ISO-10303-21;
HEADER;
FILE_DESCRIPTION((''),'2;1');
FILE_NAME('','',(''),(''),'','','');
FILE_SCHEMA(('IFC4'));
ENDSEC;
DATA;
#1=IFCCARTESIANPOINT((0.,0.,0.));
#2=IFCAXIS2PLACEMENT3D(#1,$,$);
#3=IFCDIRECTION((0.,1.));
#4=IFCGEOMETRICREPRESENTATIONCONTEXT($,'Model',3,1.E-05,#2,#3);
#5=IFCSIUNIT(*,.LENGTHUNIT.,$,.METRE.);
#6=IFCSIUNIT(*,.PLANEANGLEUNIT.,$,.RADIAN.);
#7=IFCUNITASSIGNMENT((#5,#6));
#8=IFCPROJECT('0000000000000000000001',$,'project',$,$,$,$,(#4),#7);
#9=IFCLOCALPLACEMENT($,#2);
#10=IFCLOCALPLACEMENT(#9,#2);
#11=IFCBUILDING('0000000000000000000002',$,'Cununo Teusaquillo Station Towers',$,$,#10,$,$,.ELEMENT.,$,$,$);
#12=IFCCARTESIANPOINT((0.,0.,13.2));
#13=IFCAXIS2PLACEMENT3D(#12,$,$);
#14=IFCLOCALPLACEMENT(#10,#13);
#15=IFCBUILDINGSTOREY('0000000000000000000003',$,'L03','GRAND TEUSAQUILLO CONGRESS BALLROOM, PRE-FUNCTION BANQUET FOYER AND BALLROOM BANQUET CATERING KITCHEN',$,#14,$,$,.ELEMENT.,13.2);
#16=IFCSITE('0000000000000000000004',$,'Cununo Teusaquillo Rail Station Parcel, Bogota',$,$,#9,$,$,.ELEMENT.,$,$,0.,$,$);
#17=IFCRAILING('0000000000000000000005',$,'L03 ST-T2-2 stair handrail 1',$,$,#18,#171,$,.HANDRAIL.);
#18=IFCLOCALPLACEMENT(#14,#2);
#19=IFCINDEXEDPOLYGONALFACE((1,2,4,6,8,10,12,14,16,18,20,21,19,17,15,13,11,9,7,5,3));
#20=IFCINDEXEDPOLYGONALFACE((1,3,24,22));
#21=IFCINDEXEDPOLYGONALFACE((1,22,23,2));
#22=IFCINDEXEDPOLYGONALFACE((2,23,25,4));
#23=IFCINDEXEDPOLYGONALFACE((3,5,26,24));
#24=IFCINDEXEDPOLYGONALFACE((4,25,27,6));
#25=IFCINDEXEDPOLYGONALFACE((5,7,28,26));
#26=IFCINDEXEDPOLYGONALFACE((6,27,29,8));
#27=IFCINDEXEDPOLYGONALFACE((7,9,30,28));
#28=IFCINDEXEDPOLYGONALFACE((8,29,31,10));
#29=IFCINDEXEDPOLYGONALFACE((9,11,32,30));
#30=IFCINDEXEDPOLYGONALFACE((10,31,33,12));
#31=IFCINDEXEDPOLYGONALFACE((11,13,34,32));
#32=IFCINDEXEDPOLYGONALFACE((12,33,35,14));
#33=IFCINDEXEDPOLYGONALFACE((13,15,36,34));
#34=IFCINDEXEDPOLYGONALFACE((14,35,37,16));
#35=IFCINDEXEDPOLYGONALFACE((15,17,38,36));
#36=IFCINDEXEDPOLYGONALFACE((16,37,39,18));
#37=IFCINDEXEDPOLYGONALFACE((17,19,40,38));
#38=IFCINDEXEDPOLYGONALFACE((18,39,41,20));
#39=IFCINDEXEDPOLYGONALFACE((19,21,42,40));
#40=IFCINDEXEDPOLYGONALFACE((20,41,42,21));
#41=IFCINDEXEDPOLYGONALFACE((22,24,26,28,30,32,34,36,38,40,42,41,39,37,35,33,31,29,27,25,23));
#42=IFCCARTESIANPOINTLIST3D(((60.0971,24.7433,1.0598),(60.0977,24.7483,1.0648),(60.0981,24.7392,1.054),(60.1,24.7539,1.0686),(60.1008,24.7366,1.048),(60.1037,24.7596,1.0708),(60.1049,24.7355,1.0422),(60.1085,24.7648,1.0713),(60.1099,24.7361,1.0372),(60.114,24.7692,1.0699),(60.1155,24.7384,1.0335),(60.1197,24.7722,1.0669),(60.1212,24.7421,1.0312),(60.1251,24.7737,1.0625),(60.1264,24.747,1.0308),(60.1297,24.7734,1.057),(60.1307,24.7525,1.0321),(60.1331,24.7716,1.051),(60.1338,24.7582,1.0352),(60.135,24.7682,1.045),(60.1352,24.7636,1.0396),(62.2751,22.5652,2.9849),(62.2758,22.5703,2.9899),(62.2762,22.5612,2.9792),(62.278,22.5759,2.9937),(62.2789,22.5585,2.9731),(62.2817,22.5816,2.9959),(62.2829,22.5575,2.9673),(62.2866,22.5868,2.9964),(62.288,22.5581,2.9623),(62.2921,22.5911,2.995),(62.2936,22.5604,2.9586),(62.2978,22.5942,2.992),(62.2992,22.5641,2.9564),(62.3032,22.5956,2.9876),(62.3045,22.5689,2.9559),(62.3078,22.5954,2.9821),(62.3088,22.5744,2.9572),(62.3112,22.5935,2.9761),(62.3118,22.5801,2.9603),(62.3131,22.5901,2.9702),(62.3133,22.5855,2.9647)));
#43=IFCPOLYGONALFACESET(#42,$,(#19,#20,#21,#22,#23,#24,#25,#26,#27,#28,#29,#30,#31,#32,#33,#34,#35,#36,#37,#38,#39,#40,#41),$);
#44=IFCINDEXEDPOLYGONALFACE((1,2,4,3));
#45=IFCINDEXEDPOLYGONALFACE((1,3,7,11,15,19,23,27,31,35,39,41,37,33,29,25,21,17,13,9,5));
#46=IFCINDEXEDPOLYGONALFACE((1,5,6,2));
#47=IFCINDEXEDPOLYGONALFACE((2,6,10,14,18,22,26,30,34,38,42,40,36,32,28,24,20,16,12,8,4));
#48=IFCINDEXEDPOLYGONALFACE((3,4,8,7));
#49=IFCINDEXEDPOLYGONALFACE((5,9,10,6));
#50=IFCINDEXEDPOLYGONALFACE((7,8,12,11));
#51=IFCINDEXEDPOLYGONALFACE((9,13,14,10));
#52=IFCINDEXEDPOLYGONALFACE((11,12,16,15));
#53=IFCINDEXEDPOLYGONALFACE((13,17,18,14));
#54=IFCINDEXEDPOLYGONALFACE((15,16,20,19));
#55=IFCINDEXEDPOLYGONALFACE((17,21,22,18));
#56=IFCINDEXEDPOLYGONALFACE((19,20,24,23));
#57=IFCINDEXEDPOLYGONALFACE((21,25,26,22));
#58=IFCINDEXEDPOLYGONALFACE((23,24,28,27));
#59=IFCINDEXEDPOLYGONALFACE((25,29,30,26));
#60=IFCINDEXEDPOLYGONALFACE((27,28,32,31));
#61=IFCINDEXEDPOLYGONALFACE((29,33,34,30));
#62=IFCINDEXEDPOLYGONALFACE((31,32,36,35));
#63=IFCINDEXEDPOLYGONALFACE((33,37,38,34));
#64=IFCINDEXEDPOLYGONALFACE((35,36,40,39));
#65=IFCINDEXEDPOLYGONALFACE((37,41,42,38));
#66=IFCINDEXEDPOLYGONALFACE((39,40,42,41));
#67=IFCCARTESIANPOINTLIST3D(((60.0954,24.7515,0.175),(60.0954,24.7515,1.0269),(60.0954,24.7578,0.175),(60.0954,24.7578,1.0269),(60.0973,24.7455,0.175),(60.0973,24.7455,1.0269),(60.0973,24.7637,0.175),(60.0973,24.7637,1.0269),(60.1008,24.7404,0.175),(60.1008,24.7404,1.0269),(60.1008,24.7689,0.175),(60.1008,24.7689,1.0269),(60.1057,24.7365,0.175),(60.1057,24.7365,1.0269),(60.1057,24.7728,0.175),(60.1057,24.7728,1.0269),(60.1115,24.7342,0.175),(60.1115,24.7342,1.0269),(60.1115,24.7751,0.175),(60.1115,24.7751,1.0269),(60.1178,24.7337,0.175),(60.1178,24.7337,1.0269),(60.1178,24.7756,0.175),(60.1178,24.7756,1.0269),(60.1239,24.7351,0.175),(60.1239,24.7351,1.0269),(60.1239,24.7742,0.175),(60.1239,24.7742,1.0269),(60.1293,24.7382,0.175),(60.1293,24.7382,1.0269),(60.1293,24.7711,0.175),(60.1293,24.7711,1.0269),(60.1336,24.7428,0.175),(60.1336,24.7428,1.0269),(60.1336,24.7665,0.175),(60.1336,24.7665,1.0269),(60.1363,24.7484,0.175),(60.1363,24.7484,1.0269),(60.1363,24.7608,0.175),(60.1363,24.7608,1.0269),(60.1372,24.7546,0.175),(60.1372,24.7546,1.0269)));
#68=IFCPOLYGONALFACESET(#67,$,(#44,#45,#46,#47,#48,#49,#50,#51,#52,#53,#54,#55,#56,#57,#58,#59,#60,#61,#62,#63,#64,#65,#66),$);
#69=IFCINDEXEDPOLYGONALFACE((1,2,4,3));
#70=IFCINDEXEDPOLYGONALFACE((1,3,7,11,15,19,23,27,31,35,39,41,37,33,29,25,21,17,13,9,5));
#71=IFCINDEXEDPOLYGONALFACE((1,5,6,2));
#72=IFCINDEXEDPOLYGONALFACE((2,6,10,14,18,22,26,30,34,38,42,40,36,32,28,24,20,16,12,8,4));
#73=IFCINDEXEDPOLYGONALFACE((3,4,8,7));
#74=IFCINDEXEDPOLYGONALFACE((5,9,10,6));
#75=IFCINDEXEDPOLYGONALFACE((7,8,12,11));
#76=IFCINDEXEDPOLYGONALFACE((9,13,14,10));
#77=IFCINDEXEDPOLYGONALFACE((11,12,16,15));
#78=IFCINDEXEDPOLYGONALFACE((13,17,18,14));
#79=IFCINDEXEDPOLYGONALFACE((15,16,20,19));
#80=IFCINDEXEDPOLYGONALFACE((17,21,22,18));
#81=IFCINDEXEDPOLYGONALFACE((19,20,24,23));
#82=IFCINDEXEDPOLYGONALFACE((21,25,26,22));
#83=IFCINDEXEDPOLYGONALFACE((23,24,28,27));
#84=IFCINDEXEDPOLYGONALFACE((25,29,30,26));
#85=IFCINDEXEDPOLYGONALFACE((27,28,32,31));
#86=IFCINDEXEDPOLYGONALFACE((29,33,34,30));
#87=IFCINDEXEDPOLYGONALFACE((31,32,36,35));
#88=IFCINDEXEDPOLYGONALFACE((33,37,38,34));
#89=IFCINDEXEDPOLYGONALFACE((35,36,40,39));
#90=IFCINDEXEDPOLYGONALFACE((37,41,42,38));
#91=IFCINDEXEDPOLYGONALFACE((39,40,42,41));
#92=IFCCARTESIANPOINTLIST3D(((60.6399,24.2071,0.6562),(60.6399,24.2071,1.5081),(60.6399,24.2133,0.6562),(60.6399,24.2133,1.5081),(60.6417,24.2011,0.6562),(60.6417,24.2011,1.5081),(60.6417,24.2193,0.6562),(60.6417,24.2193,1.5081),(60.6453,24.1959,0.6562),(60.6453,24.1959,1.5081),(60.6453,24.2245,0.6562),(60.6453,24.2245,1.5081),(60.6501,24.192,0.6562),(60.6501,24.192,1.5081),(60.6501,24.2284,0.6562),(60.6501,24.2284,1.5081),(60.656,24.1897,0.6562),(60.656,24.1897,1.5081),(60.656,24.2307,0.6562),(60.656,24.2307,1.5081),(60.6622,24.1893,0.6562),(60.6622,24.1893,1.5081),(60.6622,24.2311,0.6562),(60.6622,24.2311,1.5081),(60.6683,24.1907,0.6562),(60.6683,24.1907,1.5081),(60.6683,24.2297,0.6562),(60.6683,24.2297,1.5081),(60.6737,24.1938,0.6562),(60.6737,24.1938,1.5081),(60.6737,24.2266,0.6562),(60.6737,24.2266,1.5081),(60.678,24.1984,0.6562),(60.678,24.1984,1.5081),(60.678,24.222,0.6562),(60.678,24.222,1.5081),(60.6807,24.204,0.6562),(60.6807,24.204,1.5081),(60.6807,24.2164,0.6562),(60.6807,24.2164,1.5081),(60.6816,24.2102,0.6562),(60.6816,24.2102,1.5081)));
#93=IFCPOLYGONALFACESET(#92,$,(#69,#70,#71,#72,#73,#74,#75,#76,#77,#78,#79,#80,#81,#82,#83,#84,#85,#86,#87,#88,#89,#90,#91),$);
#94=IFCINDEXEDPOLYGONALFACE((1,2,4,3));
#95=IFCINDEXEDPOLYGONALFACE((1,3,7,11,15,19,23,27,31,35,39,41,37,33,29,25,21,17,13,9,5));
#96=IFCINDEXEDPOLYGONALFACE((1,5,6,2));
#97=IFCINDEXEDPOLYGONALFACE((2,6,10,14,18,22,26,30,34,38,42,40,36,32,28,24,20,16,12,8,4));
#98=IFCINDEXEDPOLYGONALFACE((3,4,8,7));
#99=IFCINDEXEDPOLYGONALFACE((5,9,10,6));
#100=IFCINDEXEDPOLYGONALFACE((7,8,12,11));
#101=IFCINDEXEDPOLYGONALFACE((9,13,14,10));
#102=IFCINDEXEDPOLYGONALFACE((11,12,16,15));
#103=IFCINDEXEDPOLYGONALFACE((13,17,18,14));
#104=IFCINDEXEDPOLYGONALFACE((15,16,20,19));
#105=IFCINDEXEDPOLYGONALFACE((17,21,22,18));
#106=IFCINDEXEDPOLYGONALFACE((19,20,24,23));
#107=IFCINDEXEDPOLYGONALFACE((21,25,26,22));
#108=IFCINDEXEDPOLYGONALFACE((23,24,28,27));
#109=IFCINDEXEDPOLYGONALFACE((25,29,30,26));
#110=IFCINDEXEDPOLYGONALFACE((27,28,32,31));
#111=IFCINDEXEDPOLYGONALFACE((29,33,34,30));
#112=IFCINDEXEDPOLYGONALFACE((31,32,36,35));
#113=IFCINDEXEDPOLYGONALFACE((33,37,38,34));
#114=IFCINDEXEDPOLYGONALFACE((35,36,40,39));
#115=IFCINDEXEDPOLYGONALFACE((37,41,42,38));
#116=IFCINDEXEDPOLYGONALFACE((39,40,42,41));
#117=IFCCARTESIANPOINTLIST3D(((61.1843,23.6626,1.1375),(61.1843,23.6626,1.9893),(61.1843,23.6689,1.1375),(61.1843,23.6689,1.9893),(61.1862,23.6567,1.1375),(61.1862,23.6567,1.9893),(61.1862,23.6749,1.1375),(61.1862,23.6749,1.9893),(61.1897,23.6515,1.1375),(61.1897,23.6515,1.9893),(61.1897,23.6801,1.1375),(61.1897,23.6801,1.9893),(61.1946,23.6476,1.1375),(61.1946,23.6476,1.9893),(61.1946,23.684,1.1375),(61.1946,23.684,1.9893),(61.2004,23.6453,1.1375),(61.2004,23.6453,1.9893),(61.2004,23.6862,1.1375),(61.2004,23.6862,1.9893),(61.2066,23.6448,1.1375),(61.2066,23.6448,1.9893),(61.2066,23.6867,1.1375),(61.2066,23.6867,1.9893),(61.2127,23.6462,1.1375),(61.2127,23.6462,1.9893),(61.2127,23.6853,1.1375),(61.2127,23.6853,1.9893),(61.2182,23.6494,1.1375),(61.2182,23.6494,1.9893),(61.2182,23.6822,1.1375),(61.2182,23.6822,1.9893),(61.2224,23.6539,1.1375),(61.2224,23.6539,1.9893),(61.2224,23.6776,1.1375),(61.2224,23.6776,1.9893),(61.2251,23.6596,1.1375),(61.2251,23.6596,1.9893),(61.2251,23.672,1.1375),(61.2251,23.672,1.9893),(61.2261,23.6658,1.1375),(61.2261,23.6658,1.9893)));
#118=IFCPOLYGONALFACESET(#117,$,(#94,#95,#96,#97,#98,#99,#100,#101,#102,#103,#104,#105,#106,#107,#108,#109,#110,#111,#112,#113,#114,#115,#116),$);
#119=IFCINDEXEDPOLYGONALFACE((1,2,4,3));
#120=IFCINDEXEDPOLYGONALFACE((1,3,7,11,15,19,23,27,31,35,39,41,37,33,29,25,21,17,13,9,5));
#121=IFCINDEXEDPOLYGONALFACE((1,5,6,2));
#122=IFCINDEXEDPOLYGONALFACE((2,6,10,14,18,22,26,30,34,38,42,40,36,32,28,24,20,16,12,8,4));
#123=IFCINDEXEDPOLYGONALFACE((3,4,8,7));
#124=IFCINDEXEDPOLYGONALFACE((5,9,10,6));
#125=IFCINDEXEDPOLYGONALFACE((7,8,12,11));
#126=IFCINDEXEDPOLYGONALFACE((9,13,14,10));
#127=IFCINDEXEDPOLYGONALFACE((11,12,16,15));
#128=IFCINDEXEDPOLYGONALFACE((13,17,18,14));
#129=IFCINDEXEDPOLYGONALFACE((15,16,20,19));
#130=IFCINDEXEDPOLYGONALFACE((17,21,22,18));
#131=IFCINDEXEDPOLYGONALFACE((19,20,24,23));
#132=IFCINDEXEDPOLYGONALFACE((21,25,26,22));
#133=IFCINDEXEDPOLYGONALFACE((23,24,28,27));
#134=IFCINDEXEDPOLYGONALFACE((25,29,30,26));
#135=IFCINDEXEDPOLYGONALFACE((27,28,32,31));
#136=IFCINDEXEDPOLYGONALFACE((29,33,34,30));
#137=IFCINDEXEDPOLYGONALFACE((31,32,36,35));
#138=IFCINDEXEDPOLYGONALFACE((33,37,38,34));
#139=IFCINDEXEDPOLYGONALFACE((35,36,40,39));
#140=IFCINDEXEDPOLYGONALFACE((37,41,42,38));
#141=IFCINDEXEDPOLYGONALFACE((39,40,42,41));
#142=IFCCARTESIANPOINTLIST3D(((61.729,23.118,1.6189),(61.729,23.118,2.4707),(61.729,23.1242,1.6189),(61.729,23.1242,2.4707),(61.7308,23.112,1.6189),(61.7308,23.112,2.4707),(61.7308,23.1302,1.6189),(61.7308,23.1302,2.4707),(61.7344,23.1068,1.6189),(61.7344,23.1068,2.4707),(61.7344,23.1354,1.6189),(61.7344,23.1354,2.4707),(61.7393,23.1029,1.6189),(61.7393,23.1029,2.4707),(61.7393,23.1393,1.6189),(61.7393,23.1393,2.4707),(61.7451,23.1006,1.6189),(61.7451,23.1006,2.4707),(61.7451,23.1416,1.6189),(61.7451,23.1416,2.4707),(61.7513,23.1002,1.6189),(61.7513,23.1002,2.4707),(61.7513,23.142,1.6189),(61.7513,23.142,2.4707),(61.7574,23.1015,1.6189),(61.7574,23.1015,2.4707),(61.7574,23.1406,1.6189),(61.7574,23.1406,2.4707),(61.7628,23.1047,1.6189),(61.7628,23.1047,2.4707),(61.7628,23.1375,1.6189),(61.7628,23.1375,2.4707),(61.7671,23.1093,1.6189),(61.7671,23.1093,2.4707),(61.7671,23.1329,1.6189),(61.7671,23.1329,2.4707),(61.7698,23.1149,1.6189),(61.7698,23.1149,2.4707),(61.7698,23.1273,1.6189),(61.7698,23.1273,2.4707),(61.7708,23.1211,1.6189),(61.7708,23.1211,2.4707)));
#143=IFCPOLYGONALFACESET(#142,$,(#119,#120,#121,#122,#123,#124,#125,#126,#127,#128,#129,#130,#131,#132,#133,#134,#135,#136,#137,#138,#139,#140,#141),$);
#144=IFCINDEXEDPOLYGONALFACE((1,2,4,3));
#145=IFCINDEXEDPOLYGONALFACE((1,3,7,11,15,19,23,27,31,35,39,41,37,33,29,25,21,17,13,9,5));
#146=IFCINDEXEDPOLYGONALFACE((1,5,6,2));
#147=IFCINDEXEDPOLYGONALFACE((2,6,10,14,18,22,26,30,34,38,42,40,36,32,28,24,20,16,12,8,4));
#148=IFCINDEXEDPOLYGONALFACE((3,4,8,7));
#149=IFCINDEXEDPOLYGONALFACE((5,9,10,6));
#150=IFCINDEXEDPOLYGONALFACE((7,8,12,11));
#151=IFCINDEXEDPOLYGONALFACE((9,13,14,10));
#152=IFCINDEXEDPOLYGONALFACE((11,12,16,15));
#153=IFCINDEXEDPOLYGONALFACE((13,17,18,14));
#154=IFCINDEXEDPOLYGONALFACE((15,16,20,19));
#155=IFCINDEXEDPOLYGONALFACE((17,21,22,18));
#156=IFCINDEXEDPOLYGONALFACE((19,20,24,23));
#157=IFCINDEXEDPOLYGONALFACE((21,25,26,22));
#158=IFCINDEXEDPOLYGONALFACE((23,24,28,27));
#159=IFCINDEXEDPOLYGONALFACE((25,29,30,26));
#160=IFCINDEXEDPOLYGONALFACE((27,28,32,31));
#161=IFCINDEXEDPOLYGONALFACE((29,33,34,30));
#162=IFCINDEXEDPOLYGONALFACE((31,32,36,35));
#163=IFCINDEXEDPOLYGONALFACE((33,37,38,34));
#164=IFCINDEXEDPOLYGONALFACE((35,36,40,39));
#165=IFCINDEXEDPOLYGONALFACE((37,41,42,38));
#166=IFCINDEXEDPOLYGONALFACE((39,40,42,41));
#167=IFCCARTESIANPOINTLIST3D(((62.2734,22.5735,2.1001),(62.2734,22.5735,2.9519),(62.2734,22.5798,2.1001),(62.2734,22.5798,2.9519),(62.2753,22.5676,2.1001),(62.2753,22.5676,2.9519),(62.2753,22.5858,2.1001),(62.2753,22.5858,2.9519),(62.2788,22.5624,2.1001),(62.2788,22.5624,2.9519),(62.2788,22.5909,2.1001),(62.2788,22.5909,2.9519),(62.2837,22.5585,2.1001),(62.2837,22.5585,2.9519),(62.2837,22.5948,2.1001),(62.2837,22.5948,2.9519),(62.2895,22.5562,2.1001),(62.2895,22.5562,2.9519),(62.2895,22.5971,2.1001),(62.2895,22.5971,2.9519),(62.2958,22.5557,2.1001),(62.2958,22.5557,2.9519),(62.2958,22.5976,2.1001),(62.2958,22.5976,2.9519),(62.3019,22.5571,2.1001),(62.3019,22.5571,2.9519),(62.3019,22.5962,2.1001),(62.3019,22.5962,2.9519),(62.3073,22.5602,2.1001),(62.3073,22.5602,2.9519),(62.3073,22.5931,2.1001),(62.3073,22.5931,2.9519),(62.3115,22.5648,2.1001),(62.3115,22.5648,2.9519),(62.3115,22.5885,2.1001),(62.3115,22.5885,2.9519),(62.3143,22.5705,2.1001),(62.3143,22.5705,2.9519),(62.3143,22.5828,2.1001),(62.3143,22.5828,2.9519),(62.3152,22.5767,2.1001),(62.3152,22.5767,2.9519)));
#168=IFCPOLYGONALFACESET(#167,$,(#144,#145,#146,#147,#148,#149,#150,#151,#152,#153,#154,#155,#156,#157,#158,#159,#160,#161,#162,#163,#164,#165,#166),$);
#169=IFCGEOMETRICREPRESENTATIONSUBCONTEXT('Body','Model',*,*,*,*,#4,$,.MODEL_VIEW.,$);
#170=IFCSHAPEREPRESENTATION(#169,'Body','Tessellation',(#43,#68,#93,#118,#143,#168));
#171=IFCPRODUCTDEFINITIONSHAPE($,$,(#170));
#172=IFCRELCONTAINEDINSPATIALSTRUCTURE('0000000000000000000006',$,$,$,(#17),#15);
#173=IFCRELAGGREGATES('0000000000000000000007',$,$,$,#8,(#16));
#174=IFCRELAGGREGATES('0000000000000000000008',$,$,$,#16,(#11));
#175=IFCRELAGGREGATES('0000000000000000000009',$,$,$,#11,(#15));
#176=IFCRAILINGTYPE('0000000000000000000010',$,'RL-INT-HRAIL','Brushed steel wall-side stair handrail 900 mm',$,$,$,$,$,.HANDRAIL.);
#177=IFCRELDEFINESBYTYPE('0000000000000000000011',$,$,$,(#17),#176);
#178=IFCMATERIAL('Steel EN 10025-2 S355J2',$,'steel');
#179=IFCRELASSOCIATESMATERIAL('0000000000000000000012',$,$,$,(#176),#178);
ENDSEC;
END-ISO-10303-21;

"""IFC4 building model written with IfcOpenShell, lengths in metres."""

from ifc_helpers import new_model, si_unit, direction, frame, origin, origin_2d, place, context, subcontext, project, spatial, circle, extrude, material, type_object, element, save


model = new_model("IFC4")

# Units and contexts
model_context = context("Model", 3, precision=1e-05, world=origin(), true_north=direction((0.0, 1.0)))
body_context = subcontext(model_context, "Body", "Model", "MODEL_VIEW")
ifc_project = project(units=[si_unit("LENGTHUNIT", "METRE"), si_unit("PLANEANGLEUNIT", "RADIAN")], contexts=[model_context])

# Site, building, storey
site_placement = place(None, origin())
site = spatial("IfcSite", under=ifc_project, at=site_placement, Name="Cununo Teusaquillo Rail Station Parcel, Bogota", CompositionType="ELEMENT", RefElevation=0.0)
building_placement = place(site_placement, origin())
building = spatial("IfcBuilding", under=site, at=building_placement, Name="Cununo Teusaquillo Station Towers", CompositionType="ELEMENT")
storey_placement = place(building_placement, frame((0.0, 0.0, 13.2)))
storey = spatial("IfcBuildingStorey", under=building, at=storey_placement, Name="L03", Description="GRAND TEUSAQUILLO CONGRESS BALLROOM, PRE-FUNCTION BANQUET FOYER AND BALLROOM BANQUET CATERING KITCHEN", CompositionType="ELEMENT", Elevation=13.2)

# Railing
ifc_material_1 = material(Name="Steel EN 10025-2 S355J2", Category="steel")
railing_type_1 = type_object("IfcRailingType", Name="RL-INT-HRAIL", Description="Brushed steel wall-side stair handrail 900 mm", PredefinedType="HANDRAIL", material=ifc_material_1)
railing_1_placement = place(storey_placement, frame((60.1162, 24.7546, 0.175)))
element("IfcRailing", 1, at=railing_1_placement, inside=storey, type_object=railing_type_1, Name="L03 ST-T2-2 stair handrail 1", PredefinedType="HANDRAIL", context=body_context, shape_type="SweptSolid", body=[
    extrude(circle(Radius=0.0239, at=origin_2d()), frame((0.0, 0.0, 0.876), z_axis=(0.599628, -0.599628, 0.529993), x_axis=(0.707107, 0.707107, 0.0)), (0.0, 0.0, 1.0), 3.6323),
    extrude(circle(Radius=0.021, at=origin_2d()), origin(), (0.0, 0.0, 1.0), 0.8518),
    extrude(circle(Radius=0.021, at=origin_2d()), frame((0.5444, -0.5444, 0.4812)), (0.0, 0.0, 1.0), 0.8518),
    extrude(circle(Radius=0.021, at=origin_2d()), frame((1.0889, -1.0889, 0.9624)), (0.0, 0.0, 1.0), 0.8518),
    extrude(circle(Radius=0.021, at=origin_2d()), frame((1.6335, -1.6335, 1.4438)), (0.0, 0.0, 1.0), 0.8518),
    extrude(circle(Radius=0.021, at=origin_2d()), frame((2.178, -2.178, 1.925)), (0.0, 0.0, 1.0), 0.8518),
])

save(model, "model.ifc")
